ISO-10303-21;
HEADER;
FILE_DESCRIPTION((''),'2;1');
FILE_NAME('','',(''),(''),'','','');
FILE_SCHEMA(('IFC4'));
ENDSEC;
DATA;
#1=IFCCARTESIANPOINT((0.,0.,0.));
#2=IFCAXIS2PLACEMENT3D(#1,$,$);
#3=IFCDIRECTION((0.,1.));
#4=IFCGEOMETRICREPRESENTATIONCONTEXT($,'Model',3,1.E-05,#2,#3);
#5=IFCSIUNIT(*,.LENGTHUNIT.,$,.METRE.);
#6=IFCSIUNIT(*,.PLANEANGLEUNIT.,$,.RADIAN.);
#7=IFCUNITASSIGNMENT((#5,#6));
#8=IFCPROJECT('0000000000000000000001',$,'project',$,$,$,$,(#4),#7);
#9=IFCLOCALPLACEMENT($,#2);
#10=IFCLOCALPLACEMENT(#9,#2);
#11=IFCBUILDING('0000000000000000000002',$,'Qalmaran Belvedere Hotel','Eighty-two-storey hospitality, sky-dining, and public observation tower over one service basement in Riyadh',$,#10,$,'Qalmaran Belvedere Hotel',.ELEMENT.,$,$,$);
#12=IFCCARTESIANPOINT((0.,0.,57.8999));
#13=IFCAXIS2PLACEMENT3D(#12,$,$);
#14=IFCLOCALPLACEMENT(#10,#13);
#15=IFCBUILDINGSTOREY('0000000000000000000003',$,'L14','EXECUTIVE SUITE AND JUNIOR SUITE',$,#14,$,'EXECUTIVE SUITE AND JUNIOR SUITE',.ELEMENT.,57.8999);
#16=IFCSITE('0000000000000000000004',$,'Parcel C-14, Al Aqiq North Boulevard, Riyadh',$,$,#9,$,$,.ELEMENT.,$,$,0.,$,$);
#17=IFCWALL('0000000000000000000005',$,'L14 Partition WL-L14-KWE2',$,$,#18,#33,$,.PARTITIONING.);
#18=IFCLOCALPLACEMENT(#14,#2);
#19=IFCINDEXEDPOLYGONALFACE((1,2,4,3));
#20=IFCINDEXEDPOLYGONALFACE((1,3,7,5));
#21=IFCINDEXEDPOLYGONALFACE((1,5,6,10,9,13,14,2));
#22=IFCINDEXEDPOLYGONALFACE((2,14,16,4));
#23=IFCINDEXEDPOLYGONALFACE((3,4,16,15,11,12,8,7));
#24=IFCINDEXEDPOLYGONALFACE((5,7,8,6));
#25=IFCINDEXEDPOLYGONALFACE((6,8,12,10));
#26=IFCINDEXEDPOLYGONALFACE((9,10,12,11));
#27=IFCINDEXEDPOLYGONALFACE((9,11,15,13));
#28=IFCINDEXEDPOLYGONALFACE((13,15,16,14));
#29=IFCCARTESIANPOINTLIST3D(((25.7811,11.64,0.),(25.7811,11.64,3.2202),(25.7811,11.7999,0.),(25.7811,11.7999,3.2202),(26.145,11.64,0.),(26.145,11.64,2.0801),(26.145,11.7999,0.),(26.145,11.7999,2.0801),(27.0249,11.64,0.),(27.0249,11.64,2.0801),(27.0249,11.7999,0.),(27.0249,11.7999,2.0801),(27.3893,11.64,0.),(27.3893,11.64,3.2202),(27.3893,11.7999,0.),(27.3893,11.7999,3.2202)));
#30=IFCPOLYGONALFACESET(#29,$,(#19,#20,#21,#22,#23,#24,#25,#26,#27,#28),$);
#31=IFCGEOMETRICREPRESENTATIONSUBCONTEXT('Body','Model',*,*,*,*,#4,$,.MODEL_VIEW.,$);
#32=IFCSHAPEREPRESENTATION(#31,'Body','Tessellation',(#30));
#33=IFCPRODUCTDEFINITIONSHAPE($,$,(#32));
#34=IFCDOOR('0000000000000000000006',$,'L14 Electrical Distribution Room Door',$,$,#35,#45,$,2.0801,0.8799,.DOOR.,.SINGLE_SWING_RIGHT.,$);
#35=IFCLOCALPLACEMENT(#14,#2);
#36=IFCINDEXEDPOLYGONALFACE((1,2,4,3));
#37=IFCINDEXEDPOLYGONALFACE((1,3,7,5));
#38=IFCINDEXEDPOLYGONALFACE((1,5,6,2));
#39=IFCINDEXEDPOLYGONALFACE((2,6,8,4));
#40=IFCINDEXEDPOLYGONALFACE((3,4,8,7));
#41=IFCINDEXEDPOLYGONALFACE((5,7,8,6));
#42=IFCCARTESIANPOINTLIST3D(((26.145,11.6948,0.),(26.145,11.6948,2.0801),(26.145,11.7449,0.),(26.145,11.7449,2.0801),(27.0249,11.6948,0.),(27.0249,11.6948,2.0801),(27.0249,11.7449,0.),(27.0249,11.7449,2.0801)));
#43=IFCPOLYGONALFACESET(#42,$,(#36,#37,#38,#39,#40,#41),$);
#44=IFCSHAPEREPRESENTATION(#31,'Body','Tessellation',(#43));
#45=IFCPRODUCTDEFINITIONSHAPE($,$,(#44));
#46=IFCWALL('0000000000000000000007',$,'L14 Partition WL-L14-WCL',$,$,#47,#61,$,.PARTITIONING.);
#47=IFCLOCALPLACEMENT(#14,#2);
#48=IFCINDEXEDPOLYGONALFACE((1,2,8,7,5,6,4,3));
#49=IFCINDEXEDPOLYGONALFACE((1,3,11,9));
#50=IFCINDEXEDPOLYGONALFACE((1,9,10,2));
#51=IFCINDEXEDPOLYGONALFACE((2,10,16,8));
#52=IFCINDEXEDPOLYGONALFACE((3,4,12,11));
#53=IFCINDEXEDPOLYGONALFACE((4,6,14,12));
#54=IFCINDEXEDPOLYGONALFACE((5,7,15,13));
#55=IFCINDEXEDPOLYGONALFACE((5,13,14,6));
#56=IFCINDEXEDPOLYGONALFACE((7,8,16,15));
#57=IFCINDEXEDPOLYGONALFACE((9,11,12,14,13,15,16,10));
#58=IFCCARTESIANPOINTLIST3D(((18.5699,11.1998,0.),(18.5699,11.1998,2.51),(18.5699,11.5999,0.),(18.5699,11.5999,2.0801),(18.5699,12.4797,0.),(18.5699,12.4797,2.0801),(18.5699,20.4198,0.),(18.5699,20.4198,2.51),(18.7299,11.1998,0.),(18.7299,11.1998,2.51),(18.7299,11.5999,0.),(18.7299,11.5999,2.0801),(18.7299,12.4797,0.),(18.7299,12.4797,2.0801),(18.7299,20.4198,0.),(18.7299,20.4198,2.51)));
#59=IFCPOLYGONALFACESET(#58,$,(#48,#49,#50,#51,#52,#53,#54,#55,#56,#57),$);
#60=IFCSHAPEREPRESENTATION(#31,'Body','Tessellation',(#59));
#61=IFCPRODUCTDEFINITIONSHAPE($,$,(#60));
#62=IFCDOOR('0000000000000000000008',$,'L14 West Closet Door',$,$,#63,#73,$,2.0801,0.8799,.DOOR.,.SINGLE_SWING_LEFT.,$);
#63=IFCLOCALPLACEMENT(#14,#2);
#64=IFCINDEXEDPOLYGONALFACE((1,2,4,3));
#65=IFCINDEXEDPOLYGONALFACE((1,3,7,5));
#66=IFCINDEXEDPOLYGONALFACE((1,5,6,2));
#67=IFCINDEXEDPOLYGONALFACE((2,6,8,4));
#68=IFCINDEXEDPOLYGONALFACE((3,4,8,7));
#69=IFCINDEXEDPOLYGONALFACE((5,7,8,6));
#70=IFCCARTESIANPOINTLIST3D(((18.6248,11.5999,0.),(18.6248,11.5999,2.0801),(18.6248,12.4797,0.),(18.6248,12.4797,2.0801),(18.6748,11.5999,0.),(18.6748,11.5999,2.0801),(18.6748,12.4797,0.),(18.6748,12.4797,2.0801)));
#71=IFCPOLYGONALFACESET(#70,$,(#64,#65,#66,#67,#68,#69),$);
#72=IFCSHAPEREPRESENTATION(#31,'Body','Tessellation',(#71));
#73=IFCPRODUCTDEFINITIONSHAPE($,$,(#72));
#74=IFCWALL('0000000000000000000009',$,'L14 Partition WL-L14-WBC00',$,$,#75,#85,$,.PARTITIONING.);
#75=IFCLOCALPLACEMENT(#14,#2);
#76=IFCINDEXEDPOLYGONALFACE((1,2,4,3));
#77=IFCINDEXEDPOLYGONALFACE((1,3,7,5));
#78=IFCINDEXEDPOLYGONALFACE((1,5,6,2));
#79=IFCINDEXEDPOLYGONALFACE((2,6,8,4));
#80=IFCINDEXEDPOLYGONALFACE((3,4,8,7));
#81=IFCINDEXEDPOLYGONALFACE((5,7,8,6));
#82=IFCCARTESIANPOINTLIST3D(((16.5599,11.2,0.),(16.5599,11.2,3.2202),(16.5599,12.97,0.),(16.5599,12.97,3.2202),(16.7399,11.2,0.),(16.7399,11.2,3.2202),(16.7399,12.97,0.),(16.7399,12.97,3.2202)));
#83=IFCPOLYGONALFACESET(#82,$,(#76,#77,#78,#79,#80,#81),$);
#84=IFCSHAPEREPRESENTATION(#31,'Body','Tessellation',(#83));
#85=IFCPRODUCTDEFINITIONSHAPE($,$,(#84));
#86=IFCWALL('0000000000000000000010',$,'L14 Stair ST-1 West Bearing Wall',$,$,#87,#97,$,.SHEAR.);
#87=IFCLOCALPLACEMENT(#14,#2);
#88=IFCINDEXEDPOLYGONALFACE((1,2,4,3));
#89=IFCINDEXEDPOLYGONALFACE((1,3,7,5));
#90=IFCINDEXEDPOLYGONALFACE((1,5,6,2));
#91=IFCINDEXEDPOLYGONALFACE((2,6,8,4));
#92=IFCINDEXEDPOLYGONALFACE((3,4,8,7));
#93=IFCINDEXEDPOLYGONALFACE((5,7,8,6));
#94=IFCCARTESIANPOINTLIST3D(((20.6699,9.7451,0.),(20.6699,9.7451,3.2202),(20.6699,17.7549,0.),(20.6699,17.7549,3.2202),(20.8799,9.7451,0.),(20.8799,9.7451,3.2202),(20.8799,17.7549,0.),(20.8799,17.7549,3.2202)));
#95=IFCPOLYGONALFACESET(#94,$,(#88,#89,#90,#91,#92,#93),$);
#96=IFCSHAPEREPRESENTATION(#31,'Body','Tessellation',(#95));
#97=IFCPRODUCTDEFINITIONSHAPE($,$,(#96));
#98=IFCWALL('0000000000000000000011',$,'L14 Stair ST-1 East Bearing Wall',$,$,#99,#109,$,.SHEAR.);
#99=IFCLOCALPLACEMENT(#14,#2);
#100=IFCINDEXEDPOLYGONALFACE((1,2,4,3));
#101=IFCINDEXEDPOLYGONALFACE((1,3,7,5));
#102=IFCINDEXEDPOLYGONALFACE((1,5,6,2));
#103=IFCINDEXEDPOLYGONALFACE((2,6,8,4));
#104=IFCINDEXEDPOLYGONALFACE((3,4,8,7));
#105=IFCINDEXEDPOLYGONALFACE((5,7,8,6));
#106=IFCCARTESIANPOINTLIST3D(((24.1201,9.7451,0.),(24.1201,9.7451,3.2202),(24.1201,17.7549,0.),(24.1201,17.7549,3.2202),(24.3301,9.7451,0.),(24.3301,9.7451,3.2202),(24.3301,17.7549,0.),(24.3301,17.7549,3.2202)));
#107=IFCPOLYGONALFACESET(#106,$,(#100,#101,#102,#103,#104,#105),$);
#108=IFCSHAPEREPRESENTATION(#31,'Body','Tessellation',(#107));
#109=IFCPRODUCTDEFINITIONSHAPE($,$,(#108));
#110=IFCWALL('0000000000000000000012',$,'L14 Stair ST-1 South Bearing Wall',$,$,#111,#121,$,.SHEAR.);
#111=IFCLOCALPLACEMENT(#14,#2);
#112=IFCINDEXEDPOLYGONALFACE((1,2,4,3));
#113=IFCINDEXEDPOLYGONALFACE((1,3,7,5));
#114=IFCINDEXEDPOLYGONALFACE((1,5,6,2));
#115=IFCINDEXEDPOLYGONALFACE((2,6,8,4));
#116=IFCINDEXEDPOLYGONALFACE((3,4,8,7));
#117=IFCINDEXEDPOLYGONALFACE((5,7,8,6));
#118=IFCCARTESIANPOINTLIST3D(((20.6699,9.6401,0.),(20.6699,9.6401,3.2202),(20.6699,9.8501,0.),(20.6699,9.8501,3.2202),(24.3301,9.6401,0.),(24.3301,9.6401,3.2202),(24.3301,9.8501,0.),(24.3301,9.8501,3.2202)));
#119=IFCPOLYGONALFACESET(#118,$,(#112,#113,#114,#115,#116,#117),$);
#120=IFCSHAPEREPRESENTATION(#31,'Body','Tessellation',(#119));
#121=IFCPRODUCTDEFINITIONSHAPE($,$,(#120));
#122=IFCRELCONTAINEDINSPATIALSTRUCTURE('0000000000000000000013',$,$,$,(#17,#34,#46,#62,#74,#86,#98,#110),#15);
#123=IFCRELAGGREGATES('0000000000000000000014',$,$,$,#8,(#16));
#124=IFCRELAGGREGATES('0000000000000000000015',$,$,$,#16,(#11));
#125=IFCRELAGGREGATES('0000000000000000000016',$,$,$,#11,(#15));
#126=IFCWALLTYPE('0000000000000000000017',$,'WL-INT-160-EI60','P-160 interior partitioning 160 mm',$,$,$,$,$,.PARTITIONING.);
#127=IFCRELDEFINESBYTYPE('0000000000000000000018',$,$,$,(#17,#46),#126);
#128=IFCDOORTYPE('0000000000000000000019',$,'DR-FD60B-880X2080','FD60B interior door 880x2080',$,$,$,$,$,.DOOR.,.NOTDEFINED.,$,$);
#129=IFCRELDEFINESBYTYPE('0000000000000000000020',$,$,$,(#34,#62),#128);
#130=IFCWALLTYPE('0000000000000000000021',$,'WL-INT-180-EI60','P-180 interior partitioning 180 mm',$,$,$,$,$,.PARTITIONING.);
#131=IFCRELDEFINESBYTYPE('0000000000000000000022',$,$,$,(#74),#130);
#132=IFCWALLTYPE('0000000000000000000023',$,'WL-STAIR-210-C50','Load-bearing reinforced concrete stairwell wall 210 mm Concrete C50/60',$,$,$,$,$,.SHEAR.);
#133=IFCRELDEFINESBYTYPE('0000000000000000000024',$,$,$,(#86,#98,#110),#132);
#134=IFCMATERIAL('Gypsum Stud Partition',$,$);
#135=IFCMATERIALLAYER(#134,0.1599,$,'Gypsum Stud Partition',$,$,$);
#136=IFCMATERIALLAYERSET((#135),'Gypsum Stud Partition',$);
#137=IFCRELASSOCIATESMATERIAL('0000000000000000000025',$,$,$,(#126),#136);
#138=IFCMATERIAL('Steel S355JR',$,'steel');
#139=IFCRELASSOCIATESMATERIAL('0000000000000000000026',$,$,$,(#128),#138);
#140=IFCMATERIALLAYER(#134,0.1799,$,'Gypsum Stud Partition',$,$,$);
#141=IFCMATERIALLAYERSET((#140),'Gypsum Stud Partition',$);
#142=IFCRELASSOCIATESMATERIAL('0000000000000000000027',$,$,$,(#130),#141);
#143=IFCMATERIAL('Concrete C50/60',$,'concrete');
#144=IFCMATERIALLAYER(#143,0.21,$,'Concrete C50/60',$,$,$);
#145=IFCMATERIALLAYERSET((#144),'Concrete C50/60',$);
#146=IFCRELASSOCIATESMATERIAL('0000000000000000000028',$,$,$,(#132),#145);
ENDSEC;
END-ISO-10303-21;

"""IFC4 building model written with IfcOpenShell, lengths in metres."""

from ifc_helpers import new_model, si_unit, direction, frame, frame_2d, origin, place, context, subcontext, project, spatial, rectangle, extrude, material, layer, layer_set, type_object, element, fill, save


model = new_model("IFC4")

# Units and contexts
model_context = context("Model", 3, precision=1e-05, world=origin(), true_north=direction((0.0, 1.0)))
body_context = subcontext(model_context, "Body", "Model", "MODEL_VIEW")
ifc_project = project(units=[si_unit("LENGTHUNIT", "METRE"), si_unit("PLANEANGLEUNIT", "RADIAN")], contexts=[model_context])

# Site, building, storey
site_placement = place(None, origin())
site = spatial("IfcSite", under=ifc_project, at=site_placement, Name="Parcel C-14, Al Aqiq North Boulevard, Riyadh", CompositionType="ELEMENT", RefElevation=0.0)
building_placement = place(site_placement, origin())
building = spatial("IfcBuilding", under=site, at=building_placement, Name="Qalmaran Belvedere Hotel", Description="Eighty-two-storey hospitality, sky-dining, and public observation tower over one service basement in Riyadh", LongName="Qalmaran Belvedere Hotel", CompositionType="ELEMENT")
storey_placement = place(building_placement, frame((0.0, 0.0, 57.8999)))
storey = spatial("IfcBuildingStorey", under=building, at=storey_placement, Name="L14", Description="EXECUTIVE SUITE AND JUNIOR SUITE", LongName="EXECUTIVE SUITE AND JUNIOR SUITE", CompositionType="ELEMENT", Elevation=57.8999)

# Shared definitions
ifc_material_1 = material(Name="Steel S355JR", Category="steel")

# Shared definitions
ifc_material_2 = material(Name="Concrete C50/60", Category="concrete")
ifc_material_3 = material(Name="Gypsum Stud Partition")

# Walls, openings, doors
ifc_layer_1 = layer(ifc_material_3, 0.1599, Name="Gypsum Stud Partition")
ifc_layer_set_1 = layer_set([ifc_layer_1], Name="Gypsum Stud Partition")
wall_type_1 = type_object("IfcWallType", Name="WL-INT-160-EI60", Description="P-160 interior partitioning 160 mm", PredefinedType="PARTITIONING", material=ifc_layer_set_1)
door_type_1 = type_object("IfcDoorType", Name="DR-FD60B-880X2080", Description="FD60B interior door 880x2080", OperationType="NOTDEFINED", PredefinedType="DOOR", material=ifc_material_1)
wall_1_placement = place(storey_placement, frame((25.781, 11.72, 0.0), z_axis=(0.0, 0.0, 1.0), x_axis=(1.0, 0.0, 0.0)))
wall_1 = element("IfcWall", 1, at=wall_1_placement, inside=storey, type_object=wall_type_1, Name="L14 Partition WL-L14-KWE2", PredefinedType="PARTITIONING", context=body_context, shape_type="SweptSolid", body=[
    extrude(rectangle(XDim=1.6082, YDim=0.1599, at=frame_2d((0.8042, 0.0))), origin(), (0.0, 0.0, 1.0), 3.2202),
])
opening_1_placement = place(wall_1_placement, frame((0.364, 0.0, 0.0)))
opening_1 = element("IfcOpeningElement", 2, at=opening_1_placement, cuts=wall_1, PredefinedType="OPENING", context=body_context, shape_type="SweptSolid", body=[
    extrude(rectangle(XDim=0.8799, YDim=2.0801, at=frame_2d((0.4399, 1.04))), frame((0.0, 0.0898, 0.0), z_axis=(0.0, -1.0, 0.0), x_axis=(1.0, 0.0, 0.0)), (0.0, 0.0, 1.0), 0.1799),
])
door_1_placement = place(opening_1_placement, origin())
door_1 = element("IfcDoor", 3, at=door_1_placement, inside=storey, type_object=door_type_1, Name="L14 Electrical Distribution Room Door", OperationType="SINGLE_SWING_RIGHT", OverallHeight=2.0801, OverallWidth=0.8799, PredefinedType="DOOR", context=body_context, shape_type="SweptSolid", body=[
    extrude(rectangle(XDim=0.8799, YDim=2.0801, at=frame_2d((0.4399, 1.04))), frame((0.0, 0.0249, 0.0), z_axis=(0.0, -1.0, 0.0), x_axis=(1.0, 0.0, 0.0)), (0.0, 0.0, 1.0), 0.05),
])
fill(opening_1, door_1)
wall_2_placement = place(storey_placement, frame((18.6499, 11.2, 0.0), z_axis=(0.0, 0.0, 1.0), x_axis=(0.0, 1.0, 0.0)))
wall_2 = element("IfcWall", 4, at=wall_2_placement, inside=storey, type_object=wall_type_1, Name="L14 Partition WL-L14-WCL", PredefinedType="PARTITIONING", context=body_context, shape_type="SweptSolid", body=[
    extrude(rectangle(XDim=9.22, YDim=0.1599, at=frame_2d((4.6099, 0.0))), origin(), (0.0, 0.0, 1.0), 2.51),
])
opening_2_placement = place(wall_2_placement, frame((1.2798, 0.0, 0.0), z_axis=(0.0, 0.0, 1.0), x_axis=(-1.0, 0.0, 0.0)))
opening_2 = element("IfcOpeningElement", 5, at=opening_2_placement, cuts=wall_2, PredefinedType="OPENING", context=body_context, shape_type="SweptSolid", body=[
    extrude(rectangle(XDim=0.8799, YDim=2.0801, at=frame_2d((0.4399, 1.04))), frame((0.0, 0.0898, 0.0), z_axis=(0.0, -1.0, 0.0), x_axis=(1.0, 0.0, 0.0)), (0.0, 0.0, 1.0), 0.1799),
])
door_2_placement = place(opening_2_placement, origin())
door_2 = element("IfcDoor", 6, at=door_2_placement, inside=storey, type_object=door_type_1, Name="L14 West Closet Door", OperationType="SINGLE_SWING_LEFT", OverallHeight=2.0801, OverallWidth=0.8799, PredefinedType="DOOR", context=body_context, shape_type="SweptSolid", body=[
    extrude(rectangle(XDim=0.8799, YDim=2.0801, at=frame_2d((0.4399, 1.04))), frame((0.0, 0.0249, 0.0), z_axis=(0.0, -1.0, 0.0), x_axis=(1.0, 0.0, 0.0)), (0.0, 0.0, 1.0), 0.05),
])
fill(opening_2, door_2)

# Walls
ifc_layer_2 = layer(ifc_material_3, 0.1799, Name="Gypsum Stud Partition")
ifc_layer_set_2 = layer_set([ifc_layer_2], Name="Gypsum Stud Partition")
wall_type_2 = type_object("IfcWallType", Name="WL-INT-180-EI60", Description="P-180 interior partitioning 180 mm", PredefinedType="PARTITIONING", material=ifc_layer_set_2)
wall_3_placement = place(storey_placement, frame((16.6499, 11.2, 0.0), z_axis=(0.0, 0.0, 1.0), x_axis=(0.0, 1.0, 0.0)))
element("IfcWall", 7, at=wall_3_placement, inside=storey, type_object=wall_type_2, Name="L14 Partition WL-L14-WBC00", PredefinedType="PARTITIONING", context=body_context, shape_type="SweptSolid", body=[
    extrude(rectangle(XDim=1.77, YDim=0.1799, at=frame_2d((0.885, 0.0))), origin(), (0.0, 0.0, 1.0), 3.2202),
])
ifc_layer_3 = layer(ifc_material_2, 0.21, Name="Concrete C50/60")
ifc_layer_set_3 = layer_set([ifc_layer_3], Name="Concrete C50/60")
wall_type_3 = type_object("IfcWallType", Name="WL-STAIR-210-C50", Description="Load-bearing reinforced concrete stairwell wall 210 mm Concrete C50/60", PredefinedType="SHEAR", material=ifc_layer_set_3)
for number, where, z_axis, x_axis, name in (
    (8, (20.7749, 9.7451, 0.0), (0.0, 0.0, 1.0), (0.0, 1.0, 0.0), "L14 Stair ST-1 West Bearing Wall"),
    (9, (24.2251, 9.7451, 0.0), (0.0, 0.0, 1.0), (0.0, 1.0, 0.0), "L14 Stair ST-1 East Bearing Wall"),
):
    element("IfcWall", number, at=place(storey_placement, frame(where, z_axis=z_axis, x_axis=x_axis)), inside=storey, type_object=wall_type_3, Name=name, PredefinedType="SHEAR", context=body_context, shape_type="SweptSolid", body=[
        extrude(rectangle(XDim=8.0098, YDim=0.21, at=frame_2d((4.0049, 0.0))), origin(), (0.0, 0.0, 1.0), 3.2202),
    ])
wall_4_placement = place(storey_placement, frame((20.6699, 9.7451, 0.0), z_axis=(0.0, 0.0, 1.0), x_axis=(1.0, 0.0, 0.0)))
element("IfcWall", 10, at=wall_4_placement, inside=storey, type_object=wall_type_3, Name="L14 Stair ST-1 South Bearing Wall", PredefinedType="SHEAR", context=body_context, shape_type="SweptSolid", body=[
    extrude(rectangle(XDim=3.6602, YDim=0.21, at=frame_2d((1.8301, 0.0))), origin(), (0.0, 0.0, 1.0), 3.2202),
])

save(model, "model.ifc")
